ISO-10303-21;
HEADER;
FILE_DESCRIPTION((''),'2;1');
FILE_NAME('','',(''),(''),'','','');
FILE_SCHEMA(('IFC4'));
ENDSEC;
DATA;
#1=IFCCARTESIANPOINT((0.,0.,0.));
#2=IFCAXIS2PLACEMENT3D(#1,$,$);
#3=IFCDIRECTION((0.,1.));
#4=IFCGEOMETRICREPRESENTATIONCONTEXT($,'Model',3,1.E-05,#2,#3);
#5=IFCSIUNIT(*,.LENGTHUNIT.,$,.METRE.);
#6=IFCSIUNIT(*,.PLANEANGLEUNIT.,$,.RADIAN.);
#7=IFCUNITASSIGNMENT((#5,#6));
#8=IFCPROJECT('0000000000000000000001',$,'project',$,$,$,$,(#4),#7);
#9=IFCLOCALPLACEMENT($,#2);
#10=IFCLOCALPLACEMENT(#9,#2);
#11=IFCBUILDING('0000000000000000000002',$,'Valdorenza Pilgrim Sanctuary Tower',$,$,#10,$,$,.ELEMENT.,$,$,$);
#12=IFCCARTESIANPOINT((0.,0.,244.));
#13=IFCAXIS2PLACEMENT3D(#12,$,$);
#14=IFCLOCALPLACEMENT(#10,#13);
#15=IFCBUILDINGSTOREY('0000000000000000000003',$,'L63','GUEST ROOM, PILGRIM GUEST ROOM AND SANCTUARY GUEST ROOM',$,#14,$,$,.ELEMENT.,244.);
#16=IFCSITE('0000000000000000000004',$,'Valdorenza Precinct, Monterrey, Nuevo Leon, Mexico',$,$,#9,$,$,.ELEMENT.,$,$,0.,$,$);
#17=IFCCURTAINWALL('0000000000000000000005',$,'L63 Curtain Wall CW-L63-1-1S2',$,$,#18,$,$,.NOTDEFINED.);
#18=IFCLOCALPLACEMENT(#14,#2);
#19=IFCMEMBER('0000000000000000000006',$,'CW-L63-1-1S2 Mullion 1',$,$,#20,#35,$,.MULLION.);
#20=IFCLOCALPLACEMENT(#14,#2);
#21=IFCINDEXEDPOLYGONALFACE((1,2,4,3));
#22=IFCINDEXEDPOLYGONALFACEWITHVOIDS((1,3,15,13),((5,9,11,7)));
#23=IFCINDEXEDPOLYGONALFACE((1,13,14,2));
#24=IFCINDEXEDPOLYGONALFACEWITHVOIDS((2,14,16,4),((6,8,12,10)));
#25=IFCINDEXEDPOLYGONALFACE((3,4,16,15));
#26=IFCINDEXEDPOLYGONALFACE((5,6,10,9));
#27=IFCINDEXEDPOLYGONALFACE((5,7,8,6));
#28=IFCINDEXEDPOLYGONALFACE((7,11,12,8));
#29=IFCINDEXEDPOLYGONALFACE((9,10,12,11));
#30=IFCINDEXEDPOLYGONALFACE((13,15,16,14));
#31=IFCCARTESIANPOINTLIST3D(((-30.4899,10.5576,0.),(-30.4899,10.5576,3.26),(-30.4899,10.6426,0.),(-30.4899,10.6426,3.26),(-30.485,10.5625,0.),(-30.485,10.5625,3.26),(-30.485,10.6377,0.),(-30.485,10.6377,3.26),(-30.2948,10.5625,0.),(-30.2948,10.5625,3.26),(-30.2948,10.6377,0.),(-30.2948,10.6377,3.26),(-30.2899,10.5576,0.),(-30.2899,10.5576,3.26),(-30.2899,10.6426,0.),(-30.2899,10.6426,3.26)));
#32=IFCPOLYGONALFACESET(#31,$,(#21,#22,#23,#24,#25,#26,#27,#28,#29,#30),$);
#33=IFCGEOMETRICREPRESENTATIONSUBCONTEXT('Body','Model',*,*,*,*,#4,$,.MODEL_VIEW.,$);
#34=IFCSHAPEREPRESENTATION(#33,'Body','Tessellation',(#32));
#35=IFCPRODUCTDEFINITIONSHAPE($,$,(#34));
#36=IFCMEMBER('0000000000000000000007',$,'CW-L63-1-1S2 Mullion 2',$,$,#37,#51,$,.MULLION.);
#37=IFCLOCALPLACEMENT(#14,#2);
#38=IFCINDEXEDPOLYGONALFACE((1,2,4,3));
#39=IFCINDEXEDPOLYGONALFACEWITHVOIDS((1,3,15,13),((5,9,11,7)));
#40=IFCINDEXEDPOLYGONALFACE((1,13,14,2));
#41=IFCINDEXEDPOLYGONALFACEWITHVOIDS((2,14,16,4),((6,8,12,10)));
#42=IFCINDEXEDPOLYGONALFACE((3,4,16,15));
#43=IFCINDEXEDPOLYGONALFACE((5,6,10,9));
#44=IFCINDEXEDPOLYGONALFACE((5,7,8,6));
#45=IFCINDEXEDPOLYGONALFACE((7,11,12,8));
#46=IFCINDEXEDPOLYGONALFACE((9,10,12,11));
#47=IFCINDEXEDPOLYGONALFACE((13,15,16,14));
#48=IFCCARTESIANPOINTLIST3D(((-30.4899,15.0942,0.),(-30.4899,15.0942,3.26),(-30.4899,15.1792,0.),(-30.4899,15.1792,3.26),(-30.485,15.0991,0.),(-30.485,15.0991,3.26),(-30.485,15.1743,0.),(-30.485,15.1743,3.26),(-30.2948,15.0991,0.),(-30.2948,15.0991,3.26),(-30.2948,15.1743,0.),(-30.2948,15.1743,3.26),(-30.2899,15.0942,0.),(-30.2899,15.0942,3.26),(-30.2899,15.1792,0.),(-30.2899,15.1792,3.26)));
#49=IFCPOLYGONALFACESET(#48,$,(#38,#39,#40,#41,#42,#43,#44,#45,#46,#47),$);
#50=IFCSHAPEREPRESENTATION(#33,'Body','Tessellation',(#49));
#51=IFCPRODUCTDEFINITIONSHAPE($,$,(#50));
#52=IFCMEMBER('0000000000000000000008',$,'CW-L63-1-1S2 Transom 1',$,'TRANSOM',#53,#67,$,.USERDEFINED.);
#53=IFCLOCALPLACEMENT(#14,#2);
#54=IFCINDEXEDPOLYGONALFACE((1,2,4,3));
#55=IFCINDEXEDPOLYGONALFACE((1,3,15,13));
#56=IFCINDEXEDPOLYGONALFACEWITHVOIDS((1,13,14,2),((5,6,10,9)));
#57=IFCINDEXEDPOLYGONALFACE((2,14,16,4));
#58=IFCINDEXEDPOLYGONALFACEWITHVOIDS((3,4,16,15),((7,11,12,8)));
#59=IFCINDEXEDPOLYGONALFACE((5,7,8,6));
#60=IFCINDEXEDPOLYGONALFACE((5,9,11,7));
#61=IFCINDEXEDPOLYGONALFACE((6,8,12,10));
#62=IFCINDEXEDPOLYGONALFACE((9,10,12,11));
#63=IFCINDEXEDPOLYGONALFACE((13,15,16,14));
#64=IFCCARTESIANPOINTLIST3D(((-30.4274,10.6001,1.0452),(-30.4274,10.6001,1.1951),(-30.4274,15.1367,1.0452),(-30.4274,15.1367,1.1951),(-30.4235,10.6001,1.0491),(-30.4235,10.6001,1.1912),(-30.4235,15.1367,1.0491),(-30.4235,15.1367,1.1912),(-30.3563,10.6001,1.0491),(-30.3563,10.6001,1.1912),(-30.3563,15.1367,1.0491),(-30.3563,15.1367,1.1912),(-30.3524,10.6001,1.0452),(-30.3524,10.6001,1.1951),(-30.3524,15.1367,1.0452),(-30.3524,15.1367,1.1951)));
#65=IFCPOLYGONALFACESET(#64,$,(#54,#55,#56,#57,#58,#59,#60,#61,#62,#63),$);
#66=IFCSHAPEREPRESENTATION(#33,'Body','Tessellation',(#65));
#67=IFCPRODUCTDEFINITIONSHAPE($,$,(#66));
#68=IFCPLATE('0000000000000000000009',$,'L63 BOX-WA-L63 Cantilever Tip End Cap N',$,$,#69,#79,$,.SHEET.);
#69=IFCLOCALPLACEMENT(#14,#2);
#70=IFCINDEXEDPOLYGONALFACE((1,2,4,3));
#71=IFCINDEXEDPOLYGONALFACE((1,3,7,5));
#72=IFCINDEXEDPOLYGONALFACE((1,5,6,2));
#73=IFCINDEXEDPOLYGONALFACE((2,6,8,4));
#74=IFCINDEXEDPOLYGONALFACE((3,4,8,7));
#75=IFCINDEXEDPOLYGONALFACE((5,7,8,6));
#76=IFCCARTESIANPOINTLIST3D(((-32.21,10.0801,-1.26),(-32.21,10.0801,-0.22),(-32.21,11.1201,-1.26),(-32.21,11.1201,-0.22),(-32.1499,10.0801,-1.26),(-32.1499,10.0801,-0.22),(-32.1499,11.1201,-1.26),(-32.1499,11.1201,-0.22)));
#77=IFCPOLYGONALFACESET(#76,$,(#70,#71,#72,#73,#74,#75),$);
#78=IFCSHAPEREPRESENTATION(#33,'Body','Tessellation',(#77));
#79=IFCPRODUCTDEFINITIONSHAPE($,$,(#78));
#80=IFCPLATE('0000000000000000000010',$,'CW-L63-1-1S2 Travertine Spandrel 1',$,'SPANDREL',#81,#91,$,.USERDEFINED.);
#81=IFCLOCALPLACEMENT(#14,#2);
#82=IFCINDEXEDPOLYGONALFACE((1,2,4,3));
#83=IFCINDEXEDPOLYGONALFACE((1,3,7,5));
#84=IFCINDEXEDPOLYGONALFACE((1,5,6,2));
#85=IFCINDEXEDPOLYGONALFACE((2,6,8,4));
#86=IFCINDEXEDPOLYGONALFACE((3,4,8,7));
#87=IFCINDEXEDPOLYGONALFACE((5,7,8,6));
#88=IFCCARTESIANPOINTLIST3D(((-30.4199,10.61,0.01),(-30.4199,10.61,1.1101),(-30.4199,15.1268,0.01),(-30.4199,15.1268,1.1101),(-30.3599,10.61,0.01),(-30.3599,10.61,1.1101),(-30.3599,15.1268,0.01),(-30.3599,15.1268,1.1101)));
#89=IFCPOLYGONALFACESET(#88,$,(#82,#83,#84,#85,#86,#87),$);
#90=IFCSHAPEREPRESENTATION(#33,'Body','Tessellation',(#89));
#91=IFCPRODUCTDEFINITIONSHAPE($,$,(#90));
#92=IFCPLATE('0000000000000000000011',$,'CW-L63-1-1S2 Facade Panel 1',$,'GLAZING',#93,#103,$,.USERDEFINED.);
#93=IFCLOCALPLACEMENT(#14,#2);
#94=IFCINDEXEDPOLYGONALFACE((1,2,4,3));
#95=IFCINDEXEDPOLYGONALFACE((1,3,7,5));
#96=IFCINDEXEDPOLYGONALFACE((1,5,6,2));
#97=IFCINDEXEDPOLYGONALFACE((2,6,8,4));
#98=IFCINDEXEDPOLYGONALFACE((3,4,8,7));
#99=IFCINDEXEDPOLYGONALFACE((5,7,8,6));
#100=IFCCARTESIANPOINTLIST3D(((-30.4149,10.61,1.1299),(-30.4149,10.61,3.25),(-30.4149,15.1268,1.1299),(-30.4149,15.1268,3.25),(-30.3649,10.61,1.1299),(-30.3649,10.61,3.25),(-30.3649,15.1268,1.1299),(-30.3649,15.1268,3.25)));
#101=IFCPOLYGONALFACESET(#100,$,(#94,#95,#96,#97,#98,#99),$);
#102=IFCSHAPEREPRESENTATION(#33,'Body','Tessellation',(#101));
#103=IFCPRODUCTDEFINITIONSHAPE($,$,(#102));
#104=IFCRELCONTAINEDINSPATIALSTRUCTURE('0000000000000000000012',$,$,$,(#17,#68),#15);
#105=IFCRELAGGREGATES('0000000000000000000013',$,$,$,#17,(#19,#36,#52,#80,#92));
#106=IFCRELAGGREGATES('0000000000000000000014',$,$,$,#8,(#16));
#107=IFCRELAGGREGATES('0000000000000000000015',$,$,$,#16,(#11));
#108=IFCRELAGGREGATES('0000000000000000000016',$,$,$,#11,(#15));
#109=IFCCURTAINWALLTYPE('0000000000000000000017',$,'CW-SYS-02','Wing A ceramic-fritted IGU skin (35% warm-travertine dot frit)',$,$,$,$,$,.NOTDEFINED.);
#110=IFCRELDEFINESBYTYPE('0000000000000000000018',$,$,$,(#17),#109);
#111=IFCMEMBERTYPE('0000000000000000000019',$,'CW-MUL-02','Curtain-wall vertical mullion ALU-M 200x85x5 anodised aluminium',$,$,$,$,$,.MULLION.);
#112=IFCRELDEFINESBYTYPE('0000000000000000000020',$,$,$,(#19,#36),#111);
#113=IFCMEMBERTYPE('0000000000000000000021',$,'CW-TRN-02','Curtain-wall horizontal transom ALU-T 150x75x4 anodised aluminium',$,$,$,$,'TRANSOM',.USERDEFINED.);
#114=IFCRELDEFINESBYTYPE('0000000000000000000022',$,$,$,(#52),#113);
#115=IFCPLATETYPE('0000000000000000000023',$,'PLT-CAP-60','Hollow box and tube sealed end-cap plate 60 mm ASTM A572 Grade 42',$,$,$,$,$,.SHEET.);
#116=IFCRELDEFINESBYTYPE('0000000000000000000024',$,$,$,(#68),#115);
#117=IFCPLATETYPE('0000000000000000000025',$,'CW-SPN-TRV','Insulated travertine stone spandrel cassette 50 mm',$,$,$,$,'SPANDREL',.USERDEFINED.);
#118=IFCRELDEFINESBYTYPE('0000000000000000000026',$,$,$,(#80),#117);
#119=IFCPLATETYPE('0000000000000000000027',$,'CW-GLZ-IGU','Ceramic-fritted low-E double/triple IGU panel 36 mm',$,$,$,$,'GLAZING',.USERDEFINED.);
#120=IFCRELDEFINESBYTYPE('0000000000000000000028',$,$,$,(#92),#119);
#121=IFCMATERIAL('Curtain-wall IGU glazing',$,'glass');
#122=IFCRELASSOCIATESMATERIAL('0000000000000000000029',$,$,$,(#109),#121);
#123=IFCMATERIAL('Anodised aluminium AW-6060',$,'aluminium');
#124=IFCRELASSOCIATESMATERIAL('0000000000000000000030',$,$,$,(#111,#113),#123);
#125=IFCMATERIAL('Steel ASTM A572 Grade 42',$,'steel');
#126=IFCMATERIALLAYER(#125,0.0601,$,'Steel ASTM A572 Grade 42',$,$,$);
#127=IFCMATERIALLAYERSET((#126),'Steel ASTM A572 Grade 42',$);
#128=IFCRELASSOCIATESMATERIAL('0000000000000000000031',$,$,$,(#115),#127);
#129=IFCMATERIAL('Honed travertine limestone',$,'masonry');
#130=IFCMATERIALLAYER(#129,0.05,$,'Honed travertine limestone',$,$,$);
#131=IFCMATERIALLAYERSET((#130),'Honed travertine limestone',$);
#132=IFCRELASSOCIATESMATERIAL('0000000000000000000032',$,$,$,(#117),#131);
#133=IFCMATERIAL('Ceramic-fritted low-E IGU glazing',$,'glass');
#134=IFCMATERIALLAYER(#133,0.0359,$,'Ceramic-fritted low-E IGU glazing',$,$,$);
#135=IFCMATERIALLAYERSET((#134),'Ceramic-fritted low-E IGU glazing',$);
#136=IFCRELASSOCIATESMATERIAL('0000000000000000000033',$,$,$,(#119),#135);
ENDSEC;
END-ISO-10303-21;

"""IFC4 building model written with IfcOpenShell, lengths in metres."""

from ifc_helpers import new_model, si_unit, direction, frame, origin, origin_2d, place, context, subcontext, project, spatial, rectangle, hollow_rectangle, extrude, source, transform, mapped, material, layer, layer_set, material_profile, profile_set, type_object, element, aggregate, save


model = new_model("IFC4")

# Units and contexts
model_context = context("Model", 3, precision=1e-05, world=origin(), true_north=direction((0.0, 1.0)))
body_context = subcontext(model_context, "Body", "Model", "MODEL_VIEW")
ifc_project = project(units=[si_unit("LENGTHUNIT", "METRE"), si_unit("PLANEANGLEUNIT", "RADIAN")], contexts=[model_context])

# Site, building, storey
site_placement = place(None, origin())
site = spatial("IfcSite", under=ifc_project, at=site_placement, Name="Valdorenza Precinct, Monterrey, Nuevo Leon, Mexico", CompositionType="ELEMENT", RefElevation=0.0)
building_placement = place(site_placement, origin())
building = spatial("IfcBuilding", under=site, at=building_placement, Name="Valdorenza Pilgrim Sanctuary Tower", CompositionType="ELEMENT")
storey_placement = place(building_placement, frame((0.0, 0.0, 244.0)))
storey = spatial("IfcBuildingStorey", under=building, at=storey_placement, Name="L63", Description="GUEST ROOM, PILGRIM GUEST ROOM AND SANCTUARY GUEST ROOM", CompositionType="ELEMENT", Elevation=244.0)

# Shared definitions
ifc_material_1 = material(Name="Steel ASTM A572 Grade 42", Category="steel")

# Curtain wall, members
ifc_material_2 = material(Name="Curtain-wall IGU glazing", Category="glass")
curtain_wall_type = type_object("IfcCurtainWallType", Name="CW-SYS-02", Description="Wing A ceramic-fritted IGU skin (35% warm-travertine dot frit)", PredefinedType="NOTDEFINED", material=ifc_material_2)
curtain_wall_placement = place(storey_placement, origin())
curtain_wall = element("IfcCurtainWall", 1, at=curtain_wall_placement, inside=storey, type_object=curtain_wall_type, Name="L63 Curtain Wall CW-L63-1-1S2", PredefinedType="NOTDEFINED")
ifc_material_3 = material(Name="Anodised aluminium AW-6060", Category="aluminium")
ifc_material_profile_1 = material_profile(ifc_material_3, hollow_rectangle(XDim=0.085, YDim=0.2, WallThickness=0.0049, at=origin_2d()), Name="ALU-M 200x85x5")
ifc_profile_set_1 = profile_set([ifc_material_profile_1], Name="Anodised aluminium AW-6060")
member_type_1 = type_object("IfcMemberType", Name="CW-MUL-02", Description="Curtain-wall vertical mullion ALU-M 200x85x5 anodised aluminium", PredefinedType="MULLION", material=ifc_profile_set_1)
shared_shape_1 = source(origin(), body_context, "Body", "SweptSolid", [
    extrude(hollow_rectangle(XDim=0.085, YDim=0.2, WallThickness=0.0049, at=origin_2d()), origin(), (0.0, 0.0, 1.0), 3.26),
])
member_1_placement = place(storey_placement, frame((-30.3899, 10.6001, 0.0), z_axis=(0.0, 0.0, 1.0), x_axis=(0.0, 1.0, 0.0)))
member_1 = element("IfcMember", 2, at=member_1_placement, type_object=member_type_1, Name="CW-L63-1-1S2 Mullion 1", PredefinedType="MULLION", context=body_context, shape_type="MappedRepresentation", body=[
    mapped(shared_shape_1, transform((0.0, 0.0, 0.0), x_axis=(1.0, 0.0, 0.0), y_axis=(0.0, 1.0, 0.0), z_axis=(0.0, 0.0, 1.0), scale=1.0)),
])
member_2_placement = place(storey_placement, frame((-30.3899, 15.1367, 0.0), z_axis=(0.0, 0.0, 1.0), x_axis=(0.0, 1.0, 0.0)))
member_2 = element("IfcMember", 3, at=member_2_placement, type_object=member_type_1, Name="CW-L63-1-1S2 Mullion 2", PredefinedType="MULLION", context=body_context, shape_type="MappedRepresentation", body=[
    mapped(shared_shape_1, transform((0.0, 0.0, 0.0), x_axis=(1.0, 0.0, 0.0), y_axis=(0.0, 1.0, 0.0), z_axis=(0.0, 0.0, 1.0), scale=1.0)),
])
ifc_material_profile_2 = material_profile(ifc_material_3, hollow_rectangle(XDim=0.075, YDim=0.1499, WallThickness=0.0039, at=origin_2d()), Name="ALU-T 150x75x4")
ifc_profile_set_2 = profile_set([ifc_material_profile_2], Name="Anodised aluminium AW-6060")
member_type_2 = type_object("IfcMemberType", Name="CW-TRN-02", Description="Curtain-wall horizontal transom ALU-T 150x75x4 anodised aluminium", ElementType="TRANSOM", PredefinedType="USERDEFINED", material=ifc_profile_set_2)
shared_shape_2 = source(origin(), body_context, "Body", "SweptSolid", [
    extrude(hollow_rectangle(XDim=0.075, YDim=0.1499, WallThickness=0.0039, at=origin_2d()), origin(), (0.0, 0.0, 1.0), 4.5366),
])
member_3_placement = place(storey_placement, frame((-30.3899, 10.6001, 1.1201), z_axis=(0.0, 1.0, 0.0), x_axis=(-1.0, 0.0, 0.0)))
member_3 = element("IfcMember", 4, at=member_3_placement, type_object=member_type_2, Name="CW-L63-1-1S2 Transom 1", ObjectType="TRANSOM", PredefinedType="USERDEFINED", context=body_context, shape_type="MappedRepresentation", body=[
    mapped(shared_shape_2, transform((0.0, 0.0, 0.0), x_axis=(1.0, 0.0, 0.0), y_axis=(0.0, 1.0, 0.0), z_axis=(0.0, 0.0, 1.0), scale=1.0)),
])

# Plates
ifc_layer_1 = layer(ifc_material_1, 0.0601, Name="Steel ASTM A572 Grade 42")
ifc_layer_set_1 = layer_set([ifc_layer_1], Name="Steel ASTM A572 Grade 42")
plate_type_1 = type_object("IfcPlateType", Name="PLT-CAP-60", Description="Hollow box and tube sealed end-cap plate 60 mm ASTM A572 Grade 42", PredefinedType="SHEET", material=ifc_layer_set_1)
shared_shape_3 = source(origin(), body_context, "Body", "SweptSolid", [
    extrude(rectangle(XDim=0.0601, YDim=1.04, at=origin_2d()), origin(), (0.0, 0.0, 1.0), 1.04),
])
plate_1_placement = place(storey_placement, frame((-32.1799, 10.6001, -1.26), z_axis=(0.0, 0.0, 1.0), x_axis=(1.0, 0.0, 0.0)))
element("IfcPlate", 5, at=plate_1_placement, inside=storey, type_object=plate_type_1, Name="L63 BOX-WA-L63 Cantilever Tip End Cap N", PredefinedType="SHEET", context=body_context, shape_type="MappedRepresentation", body=[
    mapped(shared_shape_3, transform((0.0, 0.0, 0.0), x_axis=(1.0, 0.0, 0.0), y_axis=(0.0, 1.0, 0.0), z_axis=(0.0, 0.0, 1.0), scale=1.0)),
])
ifc_material_4 = material(Name="Honed travertine limestone", Category="masonry")
ifc_layer_2 = layer(ifc_material_4, 0.05, Name="Honed travertine limestone")
ifc_layer_set_2 = layer_set([ifc_layer_2], Name="Honed travertine limestone")
plate_type_2 = type_object("IfcPlateType", Name="CW-SPN-TRV", Description="Insulated travertine stone spandrel cassette 50 mm", ElementType="SPANDREL", PredefinedType="USERDEFINED", material=ifc_layer_set_2)
shared_shape_4 = source(origin(), body_context, "Body", "SweptSolid", [
    extrude(rectangle(XDim=4.5168, YDim=0.0601, at=origin_2d()), origin(), (0.0, 0.0, 1.0), 1.1001),
])
plate_2_placement = place(storey_placement, frame((-30.3899, 12.8684, 0.01), z_axis=(0.0, 0.0, 1.0), x_axis=(0.0, 1.0, 0.0)))
plate_2 = element("IfcPlate", 6, at=plate_2_placement, type_object=plate_type_2, Name="CW-L63-1-1S2 Travertine Spandrel 1", ObjectType="SPANDREL", PredefinedType="USERDEFINED", context=body_context, shape_type="MappedRepresentation", body=[
    mapped(shared_shape_4, transform((0.0, 0.0, 0.0), x_axis=(1.0, 0.0, 0.0), y_axis=(0.0, 1.0, 0.0), z_axis=(0.0, 0.0, 1.0), scale=1.0)),
])
ifc_material_5 = material(Name="Ceramic-fritted low-E IGU glazing", Category="glass")
ifc_layer_3 = layer(ifc_material_5, 0.0359, Name="Ceramic-fritted low-E IGU glazing")
ifc_layer_set_3 = layer_set([ifc_layer_3], Name="Ceramic-fritted low-E IGU glazing")
plate_type_3 = type_object("IfcPlateType", Name="CW-GLZ-IGU", Description="Ceramic-fritted low-E double/triple IGU panel 36 mm", ElementType="GLAZING", PredefinedType="USERDEFINED", material=ifc_layer_set_3)
shared_shape_5 = source(origin(), body_context, "Body", "SweptSolid", [
    extrude(rectangle(XDim=4.5168, YDim=0.05, at=origin_2d()), origin(), (0.0, 0.0, 1.0), 2.1201),
])
plate_3_placement = place(storey_placement, frame((-30.3899, 12.8684, 1.1299), z_axis=(0.0, 0.0, 1.0), x_axis=(0.0, 1.0, 0.0)))
plate_3 = element("IfcPlate", 7, at=plate_3_placement, type_object=plate_type_3, Name="CW-L63-1-1S2 Facade Panel 1", ObjectType="GLAZING", PredefinedType="USERDEFINED", context=body_context, shape_type="MappedRepresentation", body=[
    mapped(shared_shape_5, transform((0.0, 0.0, 0.0), x_axis=(1.0, 0.0, 0.0), y_axis=(0.0, 1.0, 0.0), z_axis=(0.0, 0.0, 1.0), scale=1.0)),
])
aggregate(curtain_wall, [member_1, member_2, member_3, plate_2, plate_3])

save(model, "model.ifc")
